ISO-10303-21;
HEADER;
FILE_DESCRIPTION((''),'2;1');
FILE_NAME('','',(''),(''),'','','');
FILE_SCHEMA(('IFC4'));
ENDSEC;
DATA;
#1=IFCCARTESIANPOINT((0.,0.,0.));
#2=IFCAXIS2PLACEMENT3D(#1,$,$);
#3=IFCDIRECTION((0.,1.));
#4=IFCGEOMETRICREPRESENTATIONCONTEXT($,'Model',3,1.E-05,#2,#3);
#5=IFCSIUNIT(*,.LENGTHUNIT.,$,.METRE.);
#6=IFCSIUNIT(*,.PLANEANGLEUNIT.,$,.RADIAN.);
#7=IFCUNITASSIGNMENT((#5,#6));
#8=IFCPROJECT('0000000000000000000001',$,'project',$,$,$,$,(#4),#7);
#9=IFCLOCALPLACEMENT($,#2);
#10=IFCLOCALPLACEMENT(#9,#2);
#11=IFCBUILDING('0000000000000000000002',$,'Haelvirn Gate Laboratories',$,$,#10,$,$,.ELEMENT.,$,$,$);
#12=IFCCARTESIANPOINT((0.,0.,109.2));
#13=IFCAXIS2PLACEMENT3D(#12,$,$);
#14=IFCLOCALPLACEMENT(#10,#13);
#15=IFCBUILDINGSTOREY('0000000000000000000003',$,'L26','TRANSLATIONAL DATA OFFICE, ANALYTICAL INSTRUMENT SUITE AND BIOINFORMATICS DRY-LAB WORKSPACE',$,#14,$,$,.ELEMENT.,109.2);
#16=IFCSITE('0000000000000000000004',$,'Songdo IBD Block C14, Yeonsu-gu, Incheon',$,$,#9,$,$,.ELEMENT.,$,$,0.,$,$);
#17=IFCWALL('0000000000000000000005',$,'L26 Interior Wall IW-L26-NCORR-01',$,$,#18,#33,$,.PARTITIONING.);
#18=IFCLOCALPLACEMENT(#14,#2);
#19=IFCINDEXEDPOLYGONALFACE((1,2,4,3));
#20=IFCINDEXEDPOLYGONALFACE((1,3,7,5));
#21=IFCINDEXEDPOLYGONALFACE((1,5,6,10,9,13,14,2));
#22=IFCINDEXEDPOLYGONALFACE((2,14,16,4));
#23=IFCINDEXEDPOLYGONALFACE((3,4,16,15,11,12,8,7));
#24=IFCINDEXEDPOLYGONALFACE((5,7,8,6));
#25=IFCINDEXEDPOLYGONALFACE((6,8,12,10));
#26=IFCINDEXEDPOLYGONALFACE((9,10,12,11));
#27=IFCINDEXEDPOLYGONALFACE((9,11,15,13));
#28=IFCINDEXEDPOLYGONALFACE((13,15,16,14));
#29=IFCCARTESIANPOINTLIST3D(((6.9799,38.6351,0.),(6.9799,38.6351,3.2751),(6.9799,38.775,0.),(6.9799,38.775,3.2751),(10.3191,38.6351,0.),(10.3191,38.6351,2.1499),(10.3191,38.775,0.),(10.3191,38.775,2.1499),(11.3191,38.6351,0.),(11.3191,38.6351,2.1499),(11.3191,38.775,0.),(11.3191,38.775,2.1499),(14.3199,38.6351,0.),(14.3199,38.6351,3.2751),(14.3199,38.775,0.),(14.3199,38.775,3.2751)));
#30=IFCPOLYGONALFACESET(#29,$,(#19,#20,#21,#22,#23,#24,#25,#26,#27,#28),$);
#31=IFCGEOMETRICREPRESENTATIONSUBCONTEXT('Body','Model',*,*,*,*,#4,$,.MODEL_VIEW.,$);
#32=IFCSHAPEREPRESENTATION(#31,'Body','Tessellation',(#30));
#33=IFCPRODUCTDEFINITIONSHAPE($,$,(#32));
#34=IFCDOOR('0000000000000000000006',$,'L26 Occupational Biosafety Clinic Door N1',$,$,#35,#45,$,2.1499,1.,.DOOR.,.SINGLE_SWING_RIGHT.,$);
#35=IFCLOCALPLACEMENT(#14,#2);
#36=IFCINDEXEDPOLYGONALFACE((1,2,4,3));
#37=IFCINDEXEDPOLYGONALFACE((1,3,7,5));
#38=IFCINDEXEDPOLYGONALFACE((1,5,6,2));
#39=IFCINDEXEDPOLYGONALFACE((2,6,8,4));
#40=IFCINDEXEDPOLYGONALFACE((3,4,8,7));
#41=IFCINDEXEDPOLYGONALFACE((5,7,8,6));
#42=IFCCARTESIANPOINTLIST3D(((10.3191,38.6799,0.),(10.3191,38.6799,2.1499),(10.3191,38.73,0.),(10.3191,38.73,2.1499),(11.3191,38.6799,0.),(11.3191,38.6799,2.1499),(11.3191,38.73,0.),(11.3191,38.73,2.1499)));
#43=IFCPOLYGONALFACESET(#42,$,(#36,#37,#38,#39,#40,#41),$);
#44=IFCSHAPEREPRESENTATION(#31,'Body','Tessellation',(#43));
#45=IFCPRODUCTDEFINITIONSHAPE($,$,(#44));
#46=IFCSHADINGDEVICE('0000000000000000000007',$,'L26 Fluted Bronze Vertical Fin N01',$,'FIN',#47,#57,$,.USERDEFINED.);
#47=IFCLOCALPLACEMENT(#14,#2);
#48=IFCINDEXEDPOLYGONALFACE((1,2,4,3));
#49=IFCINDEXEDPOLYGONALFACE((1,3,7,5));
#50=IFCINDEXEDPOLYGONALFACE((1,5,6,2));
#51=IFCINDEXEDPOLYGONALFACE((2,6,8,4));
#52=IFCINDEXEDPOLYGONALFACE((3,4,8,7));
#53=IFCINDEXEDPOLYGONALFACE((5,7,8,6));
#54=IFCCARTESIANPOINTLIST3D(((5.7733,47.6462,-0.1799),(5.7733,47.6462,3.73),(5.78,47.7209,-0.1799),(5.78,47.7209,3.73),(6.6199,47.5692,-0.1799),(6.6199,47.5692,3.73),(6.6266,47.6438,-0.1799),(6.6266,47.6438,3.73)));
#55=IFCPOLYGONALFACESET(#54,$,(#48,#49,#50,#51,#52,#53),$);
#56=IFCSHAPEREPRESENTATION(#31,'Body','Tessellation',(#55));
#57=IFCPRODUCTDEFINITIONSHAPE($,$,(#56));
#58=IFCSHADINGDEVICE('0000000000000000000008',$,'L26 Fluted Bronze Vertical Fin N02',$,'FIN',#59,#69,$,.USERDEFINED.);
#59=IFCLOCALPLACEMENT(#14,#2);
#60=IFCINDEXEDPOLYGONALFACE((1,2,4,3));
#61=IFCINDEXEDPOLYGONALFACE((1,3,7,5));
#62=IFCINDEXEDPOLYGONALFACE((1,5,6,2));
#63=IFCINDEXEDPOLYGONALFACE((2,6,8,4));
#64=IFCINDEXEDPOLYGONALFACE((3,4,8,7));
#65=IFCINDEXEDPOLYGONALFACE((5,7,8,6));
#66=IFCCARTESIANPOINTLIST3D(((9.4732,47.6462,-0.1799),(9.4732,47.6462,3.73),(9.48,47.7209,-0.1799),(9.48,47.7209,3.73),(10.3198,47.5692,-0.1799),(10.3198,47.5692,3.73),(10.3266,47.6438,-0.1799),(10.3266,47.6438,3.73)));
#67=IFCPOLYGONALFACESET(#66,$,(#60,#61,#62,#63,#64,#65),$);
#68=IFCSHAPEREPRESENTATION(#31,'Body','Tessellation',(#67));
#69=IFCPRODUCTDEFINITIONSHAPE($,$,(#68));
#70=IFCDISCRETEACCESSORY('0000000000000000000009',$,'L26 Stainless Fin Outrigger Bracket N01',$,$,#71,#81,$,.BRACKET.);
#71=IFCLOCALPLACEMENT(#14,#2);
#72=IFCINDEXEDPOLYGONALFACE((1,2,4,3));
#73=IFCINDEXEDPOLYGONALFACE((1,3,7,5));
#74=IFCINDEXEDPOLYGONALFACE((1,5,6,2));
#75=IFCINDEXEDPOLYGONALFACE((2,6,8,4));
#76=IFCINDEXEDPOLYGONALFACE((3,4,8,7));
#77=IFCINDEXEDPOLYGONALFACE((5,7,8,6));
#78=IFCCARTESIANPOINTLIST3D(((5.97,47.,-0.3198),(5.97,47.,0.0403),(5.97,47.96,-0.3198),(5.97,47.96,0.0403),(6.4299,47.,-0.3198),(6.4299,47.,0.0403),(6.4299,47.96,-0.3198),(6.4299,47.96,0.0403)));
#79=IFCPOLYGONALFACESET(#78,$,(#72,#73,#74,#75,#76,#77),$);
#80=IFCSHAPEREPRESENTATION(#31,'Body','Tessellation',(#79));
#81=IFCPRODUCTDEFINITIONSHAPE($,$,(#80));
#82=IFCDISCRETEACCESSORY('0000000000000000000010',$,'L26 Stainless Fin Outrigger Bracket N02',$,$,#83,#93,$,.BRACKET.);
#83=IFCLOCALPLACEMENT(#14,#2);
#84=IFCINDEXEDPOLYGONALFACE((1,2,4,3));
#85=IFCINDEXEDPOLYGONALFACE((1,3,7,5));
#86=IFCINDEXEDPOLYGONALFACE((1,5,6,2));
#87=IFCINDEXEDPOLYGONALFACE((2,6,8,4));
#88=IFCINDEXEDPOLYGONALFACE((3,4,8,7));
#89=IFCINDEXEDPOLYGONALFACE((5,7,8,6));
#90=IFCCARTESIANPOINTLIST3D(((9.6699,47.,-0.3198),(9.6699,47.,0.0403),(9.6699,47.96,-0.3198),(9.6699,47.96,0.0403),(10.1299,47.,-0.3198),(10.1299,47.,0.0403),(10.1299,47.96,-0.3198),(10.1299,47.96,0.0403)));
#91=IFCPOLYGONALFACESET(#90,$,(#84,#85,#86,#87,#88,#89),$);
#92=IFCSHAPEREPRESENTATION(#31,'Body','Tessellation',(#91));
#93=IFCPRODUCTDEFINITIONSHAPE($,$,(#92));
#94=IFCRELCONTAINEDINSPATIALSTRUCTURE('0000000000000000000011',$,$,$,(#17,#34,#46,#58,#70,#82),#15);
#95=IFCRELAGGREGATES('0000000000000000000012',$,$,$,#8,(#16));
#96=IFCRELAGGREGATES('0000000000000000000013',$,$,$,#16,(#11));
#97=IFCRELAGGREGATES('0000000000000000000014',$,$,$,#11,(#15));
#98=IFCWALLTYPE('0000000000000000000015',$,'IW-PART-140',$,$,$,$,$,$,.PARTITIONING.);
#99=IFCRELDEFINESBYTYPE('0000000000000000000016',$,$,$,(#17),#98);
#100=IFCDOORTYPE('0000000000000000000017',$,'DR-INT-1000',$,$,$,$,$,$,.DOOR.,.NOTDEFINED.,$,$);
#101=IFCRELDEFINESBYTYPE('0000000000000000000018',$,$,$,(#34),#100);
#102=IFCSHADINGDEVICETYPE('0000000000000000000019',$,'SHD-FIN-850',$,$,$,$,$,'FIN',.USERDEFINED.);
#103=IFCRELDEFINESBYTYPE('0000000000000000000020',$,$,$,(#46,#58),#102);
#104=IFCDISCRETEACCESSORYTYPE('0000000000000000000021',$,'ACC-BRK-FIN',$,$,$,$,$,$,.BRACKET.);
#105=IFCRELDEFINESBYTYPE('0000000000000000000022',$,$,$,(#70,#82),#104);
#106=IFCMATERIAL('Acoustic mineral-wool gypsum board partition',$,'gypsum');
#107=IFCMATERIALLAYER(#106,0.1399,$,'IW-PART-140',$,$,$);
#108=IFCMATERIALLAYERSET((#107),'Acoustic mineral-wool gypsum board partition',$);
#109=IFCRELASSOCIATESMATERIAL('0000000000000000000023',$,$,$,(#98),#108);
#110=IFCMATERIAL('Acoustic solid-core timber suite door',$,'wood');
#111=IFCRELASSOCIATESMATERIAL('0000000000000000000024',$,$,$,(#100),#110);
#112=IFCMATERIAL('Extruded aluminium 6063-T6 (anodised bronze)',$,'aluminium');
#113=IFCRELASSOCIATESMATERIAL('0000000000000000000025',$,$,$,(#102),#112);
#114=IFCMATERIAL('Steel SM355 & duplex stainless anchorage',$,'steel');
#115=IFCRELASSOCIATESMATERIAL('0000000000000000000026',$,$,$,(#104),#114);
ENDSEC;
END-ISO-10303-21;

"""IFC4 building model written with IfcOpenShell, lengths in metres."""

from ifc_helpers import new_model, si_unit, direction, frame, frame_2d, origin, origin_2d, place, context, subcontext, project, spatial, rectangle, extrude, source, transform, mapped, material, layer, layer_set, material_profile, profile_set, type_object, type_shapes, element, fill, save


model = new_model("IFC4")

# Units and contexts
model_context = context("Model", 3, precision=1e-05, world=origin(), true_north=direction((0.0, 1.0)))
body_context = subcontext(model_context, "Body", "Model", "MODEL_VIEW")
ifc_project = project(units=[si_unit("LENGTHUNIT", "METRE"), si_unit("PLANEANGLEUNIT", "RADIAN")], contexts=[model_context])

# Site, building, storey
site_placement = place(None, origin())
site = spatial("IfcSite", under=ifc_project, at=site_placement, Name="Songdo IBD Block C14, Yeonsu-gu, Incheon", CompositionType="ELEMENT", RefElevation=0.0)
building_placement = place(site_placement, origin())
building = spatial("IfcBuilding", under=site, at=building_placement, Name="Haelvirn Gate Laboratories", CompositionType="ELEMENT")
storey_placement = place(building_placement, frame((0.0, 0.0, 109.2)))
storey = spatial("IfcBuildingStorey", under=building, at=storey_placement, Name="L26", Description="TRANSLATIONAL DATA OFFICE, ANALYTICAL INSTRUMENT SUITE AND BIOINFORMATICS DRY-LAB WORKSPACE", CompositionType="ELEMENT", Elevation=109.2)

# Shared definitions
ifc_material_1 = material(Name="Extruded aluminium 6063-T6 (anodised bronze)", Category="aluminium")

# Wall, opening, door
ifc_material_2 = material(Name="Acoustic mineral-wool gypsum board partition", Category="gypsum")
ifc_layer_1 = layer(ifc_material_2, 0.1399, Name="IW-PART-140")
ifc_layer_set_1 = layer_set([ifc_layer_1], Name="Acoustic mineral-wool gypsum board partition")
wall_type_1 = type_object("IfcWallType", Name="IW-PART-140", PredefinedType="PARTITIONING", material=ifc_layer_set_1)
wall_1_placement = place(storey_placement, frame((6.98, 38.7051, 0.0), z_axis=(0.0, 0.0, 1.0), x_axis=(1.0, 0.0, 0.0)))
wall_1 = element("IfcWall", 1, at=wall_1_placement, inside=storey, type_object=wall_type_1, Name="L26 Interior Wall IW-L26-NCORR-01", PredefinedType="PARTITIONING", context=body_context, shape_type="SweptSolid", body=[
    extrude(rectangle(XDim=7.3401, YDim=0.1399, at=frame_2d((3.6699, 0.0))), origin(), (0.0, 0.0, 1.0), 3.2751),
])
opening_placement = place(wall_1_placement, frame((3.3391, 0.0, 0.0)))
opening = element("IfcOpeningElement", 2, at=opening_placement, cuts=wall_1, PredefinedType="OPENING", context=body_context, shape_type="SweptSolid", body=[
    extrude(rectangle(XDim=1.0, YDim=2.1499, at=frame_2d((0.5, 1.075))), frame((0.0, 0.0801, 0.0), z_axis=(0.0, -1.0, 0.0), x_axis=(1.0, 0.0, 0.0)), (0.0, 0.0, 1.0), 0.1599),
])
ifc_material_3 = material(Name="Acoustic solid-core timber suite door", Category="wood")
door_type = type_object("IfcDoorType", Name="DR-INT-1000", OperationType="NOTDEFINED", PredefinedType="DOOR", material=ifc_material_3)
shared_shape_1 = source(origin(), body_context, "Body", "SweptSolid", [
    extrude(rectangle(XDim=1.0, YDim=2.1499, at=frame_2d((0.5, 1.075))), frame((0.0, 0.0249, 0.0), z_axis=(0.0, -1.0, 0.0), x_axis=(1.0, 0.0, 0.0)), (0.0, 0.0, 1.0), 0.05),
])
type_shapes(door_type, [shared_shape_1])
door_placement = place(opening_placement, origin())
door = element("IfcDoor", 3, at=door_placement, inside=storey, type_object=door_type, Name="L26 Occupational Biosafety Clinic Door N1", OperationType="SINGLE_SWING_RIGHT", OverallHeight=2.1499, OverallWidth=1.0, PredefinedType="DOOR", context=body_context, shape_type="MappedRepresentation", body=[
    mapped(shared_shape_1, transform((0.0, 0.0, 0.0), scale=1.0)),
])
fill(opening, door)

# Shading devices
ifc_material_profile_1 = material_profile(ifc_material_1, rectangle(XDim=0.075, YDim=0.8501, at=origin_2d()), Name="FIN-850x75")
ifc_profile_set_1 = profile_set([ifc_material_profile_1], Name="Extruded aluminium 6063-T6 (anodised bronze)")
shading_device_type = type_object("IfcShadingDeviceType", Name="SHD-FIN-850", ElementType="FIN", PredefinedType="USERDEFINED", material=ifc_profile_set_1)
shared_shape_2 = source(origin(), body_context, "Body", "SweptSolid", [
    extrude(rectangle(XDim=0.075, YDim=0.8501, at=origin_2d()), origin(), (0.0, 0.0, 1.0), 3.9099),
])
type_shapes(shading_device_type, [shared_shape_2])
for number, where, z_axis, x_axis, name in (
    (4, (6.2, 47.645, -0.1799), (0.0, 0.0, 1.0), (0.090633, 0.995884, 0.0), "L26 Fluted Bronze Vertical Fin N01"),
    (5, (9.8999, 47.645, -0.1799), (0.0, 0.0, 1.0), (0.090633, 0.995884, 0.0), "L26 Fluted Bronze Vertical Fin N02"),
):
    element("IfcShadingDevice", number, at=place(storey_placement, frame(where, z_axis=z_axis, x_axis=x_axis)), inside=storey, type_object=shading_device_type, Name=name, ObjectType="FIN", PredefinedType="USERDEFINED", context=body_context, shape_type="MappedRepresentation", body=[
        mapped(shared_shape_2, transform((0.0, 0.0, 0.0), scale=1.0)),
    ])

# Discrete accessories
ifc_material_4 = material(Name="Steel SM355 & duplex stainless anchorage", Category="steel")
discrete_accessory_type = type_object("IfcDiscreteAccessoryType", Name="ACC-BRK-FIN", PredefinedType="BRACKET", material=ifc_material_4)
shared_shape_3 = source(origin(), body_context, "Body", "SweptSolid", [
    extrude(rectangle(XDim=0.46, YDim=0.96, at=origin_2d()), origin(), (0.0, 0.0, 1.0), 0.3601),
])
type_shapes(discrete_accessory_type, [shared_shape_3])
for number, where, z_axis, x_axis, name in (
    (6, (6.2, 47.48, -0.3198), (0.0, 0.0, 1.0), (1.0, 0.0, 0.0), "L26 Stainless Fin Outrigger Bracket N01"),
    (7, (9.8999, 47.48, -0.3198), (0.0, 0.0, 1.0), (1.0, 0.0, 0.0), "L26 Stainless Fin Outrigger Bracket N02"),
):
    element("IfcDiscreteAccessory", number, at=place(storey_placement, frame(where, z_axis=z_axis, x_axis=x_axis)), inside=storey, type_object=discrete_accessory_type, Name=name, PredefinedType="BRACKET", context=body_context, shape_type="MappedRepresentation", body=[
        mapped(shared_shape_3, transform((0.0, 0.0, 0.0), scale=1.0)),
    ])

save(model, "model.ifc")
